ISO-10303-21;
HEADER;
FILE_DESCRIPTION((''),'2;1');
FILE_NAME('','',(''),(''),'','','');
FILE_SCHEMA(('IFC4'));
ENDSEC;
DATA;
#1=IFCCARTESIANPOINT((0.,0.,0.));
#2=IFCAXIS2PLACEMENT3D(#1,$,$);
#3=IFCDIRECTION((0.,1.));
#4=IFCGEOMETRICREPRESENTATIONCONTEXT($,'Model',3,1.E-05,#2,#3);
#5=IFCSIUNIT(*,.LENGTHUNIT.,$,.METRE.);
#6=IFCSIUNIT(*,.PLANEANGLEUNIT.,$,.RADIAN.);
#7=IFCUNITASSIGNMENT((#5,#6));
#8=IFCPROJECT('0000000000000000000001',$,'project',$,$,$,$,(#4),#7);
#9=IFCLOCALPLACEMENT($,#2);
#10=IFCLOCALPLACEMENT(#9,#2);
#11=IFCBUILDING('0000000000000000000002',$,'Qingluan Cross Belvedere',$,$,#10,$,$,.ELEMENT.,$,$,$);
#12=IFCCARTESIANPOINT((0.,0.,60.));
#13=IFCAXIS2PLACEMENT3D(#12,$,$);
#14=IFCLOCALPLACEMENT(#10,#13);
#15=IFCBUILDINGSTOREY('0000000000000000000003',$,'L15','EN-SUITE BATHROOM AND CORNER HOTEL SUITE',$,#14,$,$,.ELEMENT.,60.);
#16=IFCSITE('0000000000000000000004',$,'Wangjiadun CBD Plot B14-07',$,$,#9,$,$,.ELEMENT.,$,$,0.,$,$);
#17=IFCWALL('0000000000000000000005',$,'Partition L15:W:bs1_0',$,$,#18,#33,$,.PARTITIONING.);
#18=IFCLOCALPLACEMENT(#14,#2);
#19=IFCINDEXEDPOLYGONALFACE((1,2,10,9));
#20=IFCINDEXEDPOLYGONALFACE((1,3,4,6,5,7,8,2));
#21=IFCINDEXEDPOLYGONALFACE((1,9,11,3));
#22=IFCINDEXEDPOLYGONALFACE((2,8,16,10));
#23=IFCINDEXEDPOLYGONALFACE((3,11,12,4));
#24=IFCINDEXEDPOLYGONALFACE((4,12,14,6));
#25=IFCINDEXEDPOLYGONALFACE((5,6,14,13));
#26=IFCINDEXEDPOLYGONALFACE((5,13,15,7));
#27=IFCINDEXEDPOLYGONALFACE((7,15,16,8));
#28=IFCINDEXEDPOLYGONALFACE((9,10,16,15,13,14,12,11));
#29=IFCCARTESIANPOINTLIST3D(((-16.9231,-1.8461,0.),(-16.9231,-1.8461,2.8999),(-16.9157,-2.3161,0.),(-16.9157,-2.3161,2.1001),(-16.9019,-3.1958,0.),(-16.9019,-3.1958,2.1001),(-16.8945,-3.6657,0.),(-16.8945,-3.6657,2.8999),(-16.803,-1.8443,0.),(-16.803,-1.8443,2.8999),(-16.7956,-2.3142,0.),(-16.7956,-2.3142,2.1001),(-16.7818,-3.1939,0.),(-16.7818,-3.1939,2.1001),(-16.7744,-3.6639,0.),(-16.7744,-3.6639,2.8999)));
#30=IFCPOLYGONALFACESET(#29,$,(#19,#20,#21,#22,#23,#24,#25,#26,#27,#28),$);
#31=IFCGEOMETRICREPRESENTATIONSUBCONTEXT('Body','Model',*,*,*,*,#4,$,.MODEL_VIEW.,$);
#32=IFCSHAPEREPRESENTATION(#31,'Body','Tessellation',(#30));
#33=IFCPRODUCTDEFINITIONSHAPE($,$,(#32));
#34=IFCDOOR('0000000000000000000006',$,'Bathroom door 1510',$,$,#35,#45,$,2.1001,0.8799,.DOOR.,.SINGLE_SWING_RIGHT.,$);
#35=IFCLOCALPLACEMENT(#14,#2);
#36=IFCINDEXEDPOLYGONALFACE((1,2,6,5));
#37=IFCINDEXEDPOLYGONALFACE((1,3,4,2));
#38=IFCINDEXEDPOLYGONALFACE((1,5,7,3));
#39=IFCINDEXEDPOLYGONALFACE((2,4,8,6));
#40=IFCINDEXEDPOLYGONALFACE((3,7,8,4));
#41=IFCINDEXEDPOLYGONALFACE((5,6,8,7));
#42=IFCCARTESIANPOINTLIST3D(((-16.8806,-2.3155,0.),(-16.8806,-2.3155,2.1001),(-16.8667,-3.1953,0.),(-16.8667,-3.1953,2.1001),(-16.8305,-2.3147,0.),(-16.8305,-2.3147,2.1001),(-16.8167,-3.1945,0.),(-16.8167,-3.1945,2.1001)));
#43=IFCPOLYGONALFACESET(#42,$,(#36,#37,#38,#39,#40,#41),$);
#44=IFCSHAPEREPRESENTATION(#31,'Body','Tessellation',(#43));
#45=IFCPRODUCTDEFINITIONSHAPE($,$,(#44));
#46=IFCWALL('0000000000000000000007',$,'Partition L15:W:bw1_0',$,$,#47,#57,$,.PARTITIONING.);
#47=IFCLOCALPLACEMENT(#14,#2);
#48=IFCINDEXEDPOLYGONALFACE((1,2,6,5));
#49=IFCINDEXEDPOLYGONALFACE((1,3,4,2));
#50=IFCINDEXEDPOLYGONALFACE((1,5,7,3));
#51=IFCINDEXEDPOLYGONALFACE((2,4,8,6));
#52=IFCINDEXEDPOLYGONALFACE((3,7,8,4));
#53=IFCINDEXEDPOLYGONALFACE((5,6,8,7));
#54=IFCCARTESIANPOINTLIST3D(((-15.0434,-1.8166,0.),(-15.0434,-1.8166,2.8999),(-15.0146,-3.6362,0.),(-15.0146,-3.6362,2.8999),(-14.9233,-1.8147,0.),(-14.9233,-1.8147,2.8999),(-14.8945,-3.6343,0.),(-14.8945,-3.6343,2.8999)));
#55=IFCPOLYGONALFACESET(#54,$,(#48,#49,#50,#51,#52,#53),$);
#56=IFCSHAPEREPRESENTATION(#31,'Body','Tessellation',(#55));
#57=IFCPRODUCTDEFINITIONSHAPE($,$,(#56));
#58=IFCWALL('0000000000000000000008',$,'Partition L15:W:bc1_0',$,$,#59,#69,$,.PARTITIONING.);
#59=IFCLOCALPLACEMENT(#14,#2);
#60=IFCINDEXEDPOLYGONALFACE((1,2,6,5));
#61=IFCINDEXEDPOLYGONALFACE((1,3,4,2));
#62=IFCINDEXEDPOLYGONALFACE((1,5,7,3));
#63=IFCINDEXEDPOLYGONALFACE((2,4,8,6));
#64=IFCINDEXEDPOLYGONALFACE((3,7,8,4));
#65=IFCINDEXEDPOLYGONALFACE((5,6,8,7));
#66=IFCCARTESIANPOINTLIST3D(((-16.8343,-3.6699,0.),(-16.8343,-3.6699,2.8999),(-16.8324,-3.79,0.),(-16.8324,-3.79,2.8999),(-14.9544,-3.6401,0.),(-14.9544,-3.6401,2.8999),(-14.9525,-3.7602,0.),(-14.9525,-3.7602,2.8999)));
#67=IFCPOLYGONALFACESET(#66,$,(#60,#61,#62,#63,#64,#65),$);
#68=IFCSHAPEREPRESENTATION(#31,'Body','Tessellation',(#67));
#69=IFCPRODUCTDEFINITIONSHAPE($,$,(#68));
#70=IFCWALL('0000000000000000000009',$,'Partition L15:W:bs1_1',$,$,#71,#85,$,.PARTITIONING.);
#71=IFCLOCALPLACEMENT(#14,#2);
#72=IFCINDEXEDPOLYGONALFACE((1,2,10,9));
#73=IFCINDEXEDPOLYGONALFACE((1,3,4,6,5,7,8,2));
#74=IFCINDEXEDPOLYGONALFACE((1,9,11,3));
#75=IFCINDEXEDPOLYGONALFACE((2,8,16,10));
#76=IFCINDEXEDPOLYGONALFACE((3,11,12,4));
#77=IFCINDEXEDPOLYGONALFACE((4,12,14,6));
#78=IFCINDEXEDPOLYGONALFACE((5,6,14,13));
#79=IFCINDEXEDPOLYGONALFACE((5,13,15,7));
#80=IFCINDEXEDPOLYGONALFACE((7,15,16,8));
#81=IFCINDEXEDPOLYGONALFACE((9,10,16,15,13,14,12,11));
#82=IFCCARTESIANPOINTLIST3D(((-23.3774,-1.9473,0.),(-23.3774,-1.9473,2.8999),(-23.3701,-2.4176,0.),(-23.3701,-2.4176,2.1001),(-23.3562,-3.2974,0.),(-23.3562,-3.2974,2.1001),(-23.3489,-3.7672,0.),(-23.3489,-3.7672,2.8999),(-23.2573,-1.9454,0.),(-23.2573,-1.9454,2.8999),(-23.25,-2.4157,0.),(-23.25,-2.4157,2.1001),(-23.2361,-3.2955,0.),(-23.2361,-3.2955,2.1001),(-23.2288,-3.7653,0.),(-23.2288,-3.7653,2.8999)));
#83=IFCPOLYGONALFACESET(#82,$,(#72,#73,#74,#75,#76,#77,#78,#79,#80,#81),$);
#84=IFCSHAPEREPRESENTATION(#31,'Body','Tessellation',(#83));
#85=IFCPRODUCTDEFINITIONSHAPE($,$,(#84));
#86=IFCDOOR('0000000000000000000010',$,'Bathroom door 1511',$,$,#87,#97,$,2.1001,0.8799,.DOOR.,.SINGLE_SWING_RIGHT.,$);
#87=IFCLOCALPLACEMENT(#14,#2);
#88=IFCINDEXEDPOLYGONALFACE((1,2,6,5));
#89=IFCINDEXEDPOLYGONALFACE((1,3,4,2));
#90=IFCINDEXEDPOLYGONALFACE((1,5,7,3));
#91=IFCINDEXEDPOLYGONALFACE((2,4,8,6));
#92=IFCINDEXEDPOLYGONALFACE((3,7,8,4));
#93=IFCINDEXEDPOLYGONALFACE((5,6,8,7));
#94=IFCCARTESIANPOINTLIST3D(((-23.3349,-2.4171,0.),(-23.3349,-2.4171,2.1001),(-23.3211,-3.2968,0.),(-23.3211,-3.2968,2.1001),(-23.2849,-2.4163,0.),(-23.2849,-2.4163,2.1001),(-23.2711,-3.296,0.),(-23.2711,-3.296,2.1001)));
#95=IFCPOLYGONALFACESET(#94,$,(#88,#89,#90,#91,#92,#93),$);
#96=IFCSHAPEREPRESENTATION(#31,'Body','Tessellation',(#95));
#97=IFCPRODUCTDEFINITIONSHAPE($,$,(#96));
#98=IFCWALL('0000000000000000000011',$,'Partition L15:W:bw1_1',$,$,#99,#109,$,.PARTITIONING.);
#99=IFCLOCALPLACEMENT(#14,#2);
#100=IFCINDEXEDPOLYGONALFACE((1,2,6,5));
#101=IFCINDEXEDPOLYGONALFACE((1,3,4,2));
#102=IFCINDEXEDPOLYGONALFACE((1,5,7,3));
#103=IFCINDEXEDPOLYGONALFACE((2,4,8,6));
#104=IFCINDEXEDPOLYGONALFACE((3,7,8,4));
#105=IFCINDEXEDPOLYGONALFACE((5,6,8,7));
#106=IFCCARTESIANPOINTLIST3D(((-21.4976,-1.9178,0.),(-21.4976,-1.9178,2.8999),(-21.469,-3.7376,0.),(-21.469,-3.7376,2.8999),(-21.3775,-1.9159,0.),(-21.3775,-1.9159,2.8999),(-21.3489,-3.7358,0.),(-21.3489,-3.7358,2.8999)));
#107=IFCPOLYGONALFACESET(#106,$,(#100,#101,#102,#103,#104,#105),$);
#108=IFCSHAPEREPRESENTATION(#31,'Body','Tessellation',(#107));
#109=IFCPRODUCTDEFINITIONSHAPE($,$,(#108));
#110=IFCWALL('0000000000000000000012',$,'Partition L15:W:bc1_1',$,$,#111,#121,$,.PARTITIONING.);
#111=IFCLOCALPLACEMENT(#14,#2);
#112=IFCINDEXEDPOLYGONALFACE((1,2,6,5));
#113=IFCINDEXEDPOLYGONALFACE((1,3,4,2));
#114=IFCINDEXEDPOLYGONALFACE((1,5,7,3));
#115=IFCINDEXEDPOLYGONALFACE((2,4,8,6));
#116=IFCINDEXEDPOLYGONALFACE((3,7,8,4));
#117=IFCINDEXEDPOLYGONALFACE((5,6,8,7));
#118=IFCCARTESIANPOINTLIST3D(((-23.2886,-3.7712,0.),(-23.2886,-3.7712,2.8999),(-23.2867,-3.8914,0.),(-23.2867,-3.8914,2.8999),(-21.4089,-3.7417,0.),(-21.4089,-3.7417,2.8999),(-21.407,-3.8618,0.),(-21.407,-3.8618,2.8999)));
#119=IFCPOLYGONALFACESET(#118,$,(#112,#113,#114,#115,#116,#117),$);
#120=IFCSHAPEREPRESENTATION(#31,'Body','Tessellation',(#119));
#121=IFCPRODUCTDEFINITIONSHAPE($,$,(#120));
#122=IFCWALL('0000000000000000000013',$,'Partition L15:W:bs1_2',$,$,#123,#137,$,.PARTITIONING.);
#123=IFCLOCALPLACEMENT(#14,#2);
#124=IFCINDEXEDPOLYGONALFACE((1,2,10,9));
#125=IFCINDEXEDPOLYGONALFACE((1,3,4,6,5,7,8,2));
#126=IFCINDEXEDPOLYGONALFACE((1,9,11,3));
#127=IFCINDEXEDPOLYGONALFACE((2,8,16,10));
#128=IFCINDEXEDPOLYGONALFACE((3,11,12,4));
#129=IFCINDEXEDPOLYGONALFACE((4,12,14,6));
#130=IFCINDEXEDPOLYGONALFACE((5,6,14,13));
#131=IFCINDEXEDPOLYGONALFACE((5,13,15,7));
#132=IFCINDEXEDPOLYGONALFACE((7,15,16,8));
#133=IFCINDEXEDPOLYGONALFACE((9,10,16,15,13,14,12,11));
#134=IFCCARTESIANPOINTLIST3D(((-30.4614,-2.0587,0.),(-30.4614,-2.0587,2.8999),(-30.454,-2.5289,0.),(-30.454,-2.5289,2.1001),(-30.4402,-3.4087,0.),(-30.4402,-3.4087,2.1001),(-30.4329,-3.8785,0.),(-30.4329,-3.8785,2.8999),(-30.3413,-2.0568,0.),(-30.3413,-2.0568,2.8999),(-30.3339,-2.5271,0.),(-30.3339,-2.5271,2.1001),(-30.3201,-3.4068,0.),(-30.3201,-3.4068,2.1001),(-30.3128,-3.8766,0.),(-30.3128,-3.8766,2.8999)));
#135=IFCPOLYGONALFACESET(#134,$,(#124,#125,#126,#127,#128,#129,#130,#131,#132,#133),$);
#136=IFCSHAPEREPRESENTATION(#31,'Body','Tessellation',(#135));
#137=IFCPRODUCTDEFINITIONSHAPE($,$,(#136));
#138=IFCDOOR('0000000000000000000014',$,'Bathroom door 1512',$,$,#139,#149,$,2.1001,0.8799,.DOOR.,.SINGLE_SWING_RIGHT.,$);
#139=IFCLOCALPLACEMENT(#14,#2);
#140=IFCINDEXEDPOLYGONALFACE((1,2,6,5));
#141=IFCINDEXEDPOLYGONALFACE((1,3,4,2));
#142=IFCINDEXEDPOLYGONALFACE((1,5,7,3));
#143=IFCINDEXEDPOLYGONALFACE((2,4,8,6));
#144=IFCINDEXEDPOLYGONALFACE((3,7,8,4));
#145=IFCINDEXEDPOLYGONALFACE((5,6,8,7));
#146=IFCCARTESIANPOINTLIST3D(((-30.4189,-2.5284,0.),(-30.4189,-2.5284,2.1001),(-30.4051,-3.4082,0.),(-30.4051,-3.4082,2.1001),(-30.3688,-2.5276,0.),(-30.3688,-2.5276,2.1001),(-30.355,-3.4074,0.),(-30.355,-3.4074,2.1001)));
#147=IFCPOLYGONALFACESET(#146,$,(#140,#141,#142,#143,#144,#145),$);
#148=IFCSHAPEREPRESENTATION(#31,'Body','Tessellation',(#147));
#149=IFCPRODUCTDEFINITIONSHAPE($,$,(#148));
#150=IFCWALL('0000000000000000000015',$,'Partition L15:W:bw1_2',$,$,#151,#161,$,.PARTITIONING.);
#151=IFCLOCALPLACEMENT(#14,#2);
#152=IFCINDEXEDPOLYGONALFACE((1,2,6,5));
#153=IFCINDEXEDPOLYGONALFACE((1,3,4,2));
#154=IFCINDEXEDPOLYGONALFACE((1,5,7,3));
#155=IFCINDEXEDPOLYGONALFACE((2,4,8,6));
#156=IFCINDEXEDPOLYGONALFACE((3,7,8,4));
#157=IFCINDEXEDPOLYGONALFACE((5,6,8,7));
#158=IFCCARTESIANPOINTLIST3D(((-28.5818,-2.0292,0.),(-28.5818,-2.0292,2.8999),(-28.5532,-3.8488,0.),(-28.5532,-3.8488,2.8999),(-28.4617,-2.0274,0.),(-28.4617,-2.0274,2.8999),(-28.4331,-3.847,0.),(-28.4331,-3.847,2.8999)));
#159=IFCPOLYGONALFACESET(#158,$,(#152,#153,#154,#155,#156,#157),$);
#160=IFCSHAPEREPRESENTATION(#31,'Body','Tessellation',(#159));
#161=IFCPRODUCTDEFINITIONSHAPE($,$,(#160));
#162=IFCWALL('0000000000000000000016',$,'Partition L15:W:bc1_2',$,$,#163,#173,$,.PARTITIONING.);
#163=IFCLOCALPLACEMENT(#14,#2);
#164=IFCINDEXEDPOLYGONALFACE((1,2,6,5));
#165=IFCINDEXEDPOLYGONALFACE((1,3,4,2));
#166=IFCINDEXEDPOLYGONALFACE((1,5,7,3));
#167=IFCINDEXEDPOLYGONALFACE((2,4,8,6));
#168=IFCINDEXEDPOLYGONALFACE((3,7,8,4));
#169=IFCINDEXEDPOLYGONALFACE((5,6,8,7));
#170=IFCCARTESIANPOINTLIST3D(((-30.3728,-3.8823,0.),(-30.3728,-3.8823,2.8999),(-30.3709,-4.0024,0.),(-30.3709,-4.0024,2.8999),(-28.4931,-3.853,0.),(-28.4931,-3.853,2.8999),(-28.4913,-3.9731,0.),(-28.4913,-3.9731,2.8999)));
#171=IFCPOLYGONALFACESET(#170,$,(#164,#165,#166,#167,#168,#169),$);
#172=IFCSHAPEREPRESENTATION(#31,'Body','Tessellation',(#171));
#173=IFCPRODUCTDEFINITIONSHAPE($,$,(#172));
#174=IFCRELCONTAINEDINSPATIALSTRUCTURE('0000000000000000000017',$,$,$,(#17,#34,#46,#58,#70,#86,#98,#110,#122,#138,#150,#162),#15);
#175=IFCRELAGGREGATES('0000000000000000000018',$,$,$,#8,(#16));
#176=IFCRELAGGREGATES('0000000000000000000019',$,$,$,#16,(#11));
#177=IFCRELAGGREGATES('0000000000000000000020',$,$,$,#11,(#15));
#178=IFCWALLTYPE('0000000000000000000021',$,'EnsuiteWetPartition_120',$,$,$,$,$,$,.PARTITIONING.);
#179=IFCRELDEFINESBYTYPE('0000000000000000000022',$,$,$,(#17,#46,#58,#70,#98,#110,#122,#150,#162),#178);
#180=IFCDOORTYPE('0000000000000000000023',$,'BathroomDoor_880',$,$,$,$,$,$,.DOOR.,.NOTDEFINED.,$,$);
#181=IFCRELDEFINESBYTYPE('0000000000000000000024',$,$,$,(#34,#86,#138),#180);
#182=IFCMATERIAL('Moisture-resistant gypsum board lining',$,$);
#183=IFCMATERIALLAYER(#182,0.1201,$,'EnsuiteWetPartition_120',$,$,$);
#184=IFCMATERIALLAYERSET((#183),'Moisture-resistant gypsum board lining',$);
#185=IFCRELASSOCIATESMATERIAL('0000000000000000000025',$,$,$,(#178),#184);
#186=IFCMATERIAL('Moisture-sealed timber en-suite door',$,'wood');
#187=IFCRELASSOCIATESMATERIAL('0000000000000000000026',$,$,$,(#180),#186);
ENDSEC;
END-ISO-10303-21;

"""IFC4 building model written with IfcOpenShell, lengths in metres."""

from ifc_helpers import new_model, si_unit, direction, frame, frame_2d, origin, place, context, subcontext, project, spatial, rectangle, extrude, material, layer, layer_set, type_object, element, fill, save


model = new_model("IFC4")

# Units and contexts
model_context = context("Model", 3, precision=1e-05, world=origin(), true_north=direction((0.0, 1.0)))
body_context = subcontext(model_context, "Body", "Model", "MODEL_VIEW")
ifc_project = project(units=[si_unit("LENGTHUNIT", "METRE"), si_unit("PLANEANGLEUNIT", "RADIAN")], contexts=[model_context])

# Site, building, storey
site_placement = place(None, origin())
site = spatial("IfcSite", under=ifc_project, at=site_placement, Name="Wangjiadun CBD Plot B14-07", CompositionType="ELEMENT", RefElevation=0.0)
building_placement = place(site_placement, origin())
building = spatial("IfcBuilding", under=site, at=building_placement, Name="Qingluan Cross Belvedere", CompositionType="ELEMENT")
storey_placement = place(building_placement, frame((0.0, 0.0, 60.0)))
storey = spatial("IfcBuildingStorey", under=building, at=storey_placement, Name="L15", Description="EN-SUITE BATHROOM AND CORNER HOTEL SUITE", CompositionType="ELEMENT", Elevation=60.0)

# Wall, opening, door
ifc_material_1 = material(Name="Moisture-resistant gypsum board lining")
ifc_layer_1 = layer(ifc_material_1, 0.1201, Name="EnsuiteWetPartition_120")
ifc_layer_set_1 = layer_set([ifc_layer_1], Name="Moisture-resistant gypsum board lining")
wall_type_1 = type_object("IfcWallType", Name="EnsuiteWetPartition_120", PredefinedType="PARTITIONING", material=ifc_layer_set_1)
wall_1_placement = place(storey_placement, frame((-16.8345, -3.6648, 0.0), z_axis=(0.0, 0.0, 1.0), x_axis=(-0.015696, 0.999877, 0.0)))
wall_1 = element("IfcWall", 1, at=wall_1_placement, inside=storey, type_object=wall_type_1, Name="Partition L15:W:bs1_0", PredefinedType="PARTITIONING", context=body_context, shape_type="SweptSolid", body=[
    extrude(rectangle(XDim=1.8198, YDim=0.1201, at=frame_2d((0.9099, 0.0))), origin(), (0.0, 0.0, 1.0), 2.8999),
])
opening_1_placement = place(wall_1_placement, frame((0.47, 0.0, 0.0)))
opening_1 = element("IfcOpeningElement", 2, at=opening_1_placement, cuts=wall_1, PredefinedType="OPENING", context=body_context, shape_type="SweptSolid", body=[
    extrude(rectangle(XDim=0.8799, YDim=2.1001, at=frame_2d((0.4399, 1.05))), frame((0.0, 0.0701, 0.0), z_axis=(0.0, -1.0, 0.0), x_axis=(1.0, 0.0, 0.0)), (0.0, 0.0, 1.0), 0.1401),
])
ifc_material_2 = material(Name="Moisture-sealed timber en-suite door", Category="wood")
door_type_1 = type_object("IfcDoorType", Name="BathroomDoor_880", OperationType="NOTDEFINED", PredefinedType="DOOR", material=ifc_material_2)
door_1_placement = place(opening_1_placement, origin())
door_1 = element("IfcDoor", 3, at=door_1_placement, inside=storey, type_object=door_type_1, Name="Bathroom door 1510", OperationType="SINGLE_SWING_RIGHT", OverallHeight=2.1001, OverallWidth=0.8799, PredefinedType="DOOR", context=body_context, shape_type="SweptSolid", body=[
    extrude(rectangle(XDim=0.8799, YDim=2.1001, at=frame_2d((0.4399, 1.05))), frame((0.0, 0.0249, 0.0), z_axis=(0.0, -1.0, 0.0), x_axis=(1.0, 0.0, 0.0)), (0.0, 0.0, 1.0), 0.05),
])
fill(opening_1, door_1)

# Walls
wall_2_placement = place(storey_placement, frame((-14.9546, -3.6353, 0.0), z_axis=(0.0, 0.0, 1.0), x_axis=(-0.015831, 0.999875, 0.0)))
element("IfcWall", 4, at=wall_2_placement, inside=storey, type_object=wall_type_1, Name="Partition L15:W:bw1_0", PredefinedType="PARTITIONING", context=body_context, shape_type="SweptSolid", body=[
    extrude(rectangle(XDim=1.8198, YDim=0.1201, at=frame_2d((0.9099, 0.0))), origin(), (0.0, 0.0, 1.0), 2.8999),
])
wall_3_placement = place(storey_placement, frame((-14.9536, -3.7002, 0.0), z_axis=(0.0, 0.0, 1.0), x_axis=(-0.999875, -0.015842, 0.0)))
element("IfcWall", 5, at=wall_3_placement, inside=storey, type_object=wall_type_1, Name="Partition L15:W:bc1_0", PredefinedType="PARTITIONING", context=body_context, shape_type="SweptSolid", body=[
    extrude(rectangle(XDim=1.8801, YDim=0.1201, at=frame_2d((0.9399, 0.0))), origin(), (0.0, 0.0, 1.0), 2.8999),
])

# Wall, opening, door
wall_4_placement = place(storey_placement, frame((-23.2888, -3.7664, 0.0), z_axis=(0.0, 0.0, 1.0), x_axis=(-0.015694, 0.999877, 0.0)))
wall_4 = element("IfcWall", 6, at=wall_4_placement, inside=storey, type_object=wall_type_1, Name="Partition L15:W:bs1_1", PredefinedType="PARTITIONING", context=body_context, shape_type="SweptSolid", body=[
    extrude(rectangle(XDim=1.8201, YDim=0.1201, at=frame_2d((0.9102, 0.0))), origin(), (0.0, 0.0, 1.0), 2.8999),
])
opening_2_placement = place(wall_4_placement, frame((0.47, 0.0, 0.0)))
opening_2 = element("IfcOpeningElement", 7, at=opening_2_placement, cuts=wall_4, PredefinedType="OPENING", context=body_context, shape_type="SweptSolid", body=[
    extrude(rectangle(XDim=0.8799, YDim=2.1001, at=frame_2d((0.4399, 1.05))), frame((0.0, 0.0701, 0.0), z_axis=(0.0, -1.0, 0.0), x_axis=(1.0, 0.0, 0.0)), (0.0, 0.0, 1.0), 0.1401),
])
door_2_placement = place(opening_2_placement, origin())
door_2 = element("IfcDoor", 8, at=door_2_placement, inside=storey, type_object=door_type_1, Name="Bathroom door 1511", OperationType="SINGLE_SWING_RIGHT", OverallHeight=2.1001, OverallWidth=0.8799, PredefinedType="DOOR", context=body_context, shape_type="SweptSolid", body=[
    extrude(rectangle(XDim=0.8799, YDim=2.1001, at=frame_2d((0.4399, 1.05))), frame((0.0, 0.0249, 0.0), z_axis=(0.0, -1.0, 0.0), x_axis=(1.0, 0.0, 0.0)), (0.0, 0.0, 1.0), 0.05),
])
fill(opening_2, door_2)

# Walls
wall_5_placement = place(storey_placement, frame((-21.4089, -3.7368, 0.0), z_axis=(0.0, 0.0, 1.0), x_axis=(-0.015694, 0.999877, 0.0)))
element("IfcWall", 9, at=wall_5_placement, inside=storey, type_object=wall_type_1, Name="Partition L15:W:bw1_1", PredefinedType="PARTITIONING", context=body_context, shape_type="SweptSolid", body=[
    extrude(rectangle(XDim=1.8201, YDim=0.1201, at=frame_2d((0.9102, 0.0))), origin(), (0.0, 0.0, 1.0), 2.8999),
])
wall_6_placement = place(storey_placement, frame((-21.408, -3.8018, 0.0), z_axis=(0.0, 0.0, 1.0), x_axis=(-0.999877, -0.015714, 0.0)))
element("IfcWall", 10, at=wall_6_placement, inside=storey, type_object=wall_type_1, Name="Partition L15:W:bc1_1", PredefinedType="PARTITIONING", context=body_context, shape_type="SweptSolid", body=[
    extrude(rectangle(XDim=1.8799, YDim=0.1201, at=frame_2d((0.9399, 0.0))), origin(), (0.0, 0.0, 1.0), 2.8999),
])

# Wall, opening, door
wall_7_placement = place(storey_placement, frame((-30.3728, -3.8777, 0.0), z_axis=(0.0, 0.0, 1.0), x_axis=(-0.015694, 0.999877, 0.0)))
wall_7 = element("IfcWall", 11, at=wall_7_placement, inside=storey, type_object=wall_type_1, Name="Partition L15:W:bs1_2", PredefinedType="PARTITIONING", context=body_context, shape_type="SweptSolid", body=[
    extrude(rectangle(XDim=1.8201, YDim=0.1201, at=frame_2d((0.9102, 0.0))), origin(), (0.0, 0.0, 1.0), 2.8999),
])
opening_3_placement = place(wall_7_placement, frame((0.47, 0.0, 0.0)))
opening_3 = element("IfcOpeningElement", 12, at=opening_3_placement, cuts=wall_7, PredefinedType="OPENING", context=body_context, shape_type="SweptSolid", body=[
    extrude(rectangle(XDim=0.8799, YDim=2.1001, at=frame_2d((0.4399, 1.05))), frame((0.0, 0.0701, 0.0), z_axis=(0.0, -1.0, 0.0), x_axis=(1.0, 0.0, 0.0)), (0.0, 0.0, 1.0), 0.1401),
])
door_3_placement = place(opening_3_placement, origin())
door_3 = element("IfcDoor", 13, at=door_3_placement, inside=storey, type_object=door_type_1, Name="Bathroom door 1512", OperationType="SINGLE_SWING_RIGHT", OverallHeight=2.1001, OverallWidth=0.8799, PredefinedType="DOOR", context=body_context, shape_type="SweptSolid", body=[
    extrude(rectangle(XDim=0.8799, YDim=2.1001, at=frame_2d((0.4399, 1.05))), frame((0.0, 0.0249, 0.0), z_axis=(0.0, -1.0, 0.0), x_axis=(1.0, 0.0, 0.0)), (0.0, 0.0, 1.0), 0.05),
])
fill(opening_3, door_3)

# Walls
wall_8_placement = place(storey_placement, frame((-28.4932, -3.8479, 0.0), z_axis=(0.0, 0.0, 1.0), x_axis=(-0.015696, 0.999877, 0.0)))
element("IfcWall", 14, at=wall_8_placement, inside=storey, type_object=wall_type_1, Name="Partition L15:W:bw1_2", PredefinedType="PARTITIONING", context=body_context, shape_type="SweptSolid", body=[
    extrude(rectangle(XDim=1.8198, YDim=0.1201, at=frame_2d((0.9099, 0.0))), origin(), (0.0, 0.0, 1.0), 2.8999),
])
wall_9_placement = place(storey_placement, frame((-28.4922, -3.9131, 0.0), z_axis=(0.0, 0.0, 1.0), x_axis=(-0.999879, -0.015585, 0.0)))
element("IfcWall", 15, at=wall_9_placement, inside=storey, type_object=wall_type_1, Name="Partition L15:W:bc1_2", PredefinedType="PARTITIONING", context=body_context, shape_type="SweptSolid", body=[
    extrude(rectangle(XDim=1.8799, YDim=0.1201, at=frame_2d((0.9399, 0.0))), origin(), (0.0, 0.0, 1.0), 2.8999),
])

save(model, "model.ifc")
